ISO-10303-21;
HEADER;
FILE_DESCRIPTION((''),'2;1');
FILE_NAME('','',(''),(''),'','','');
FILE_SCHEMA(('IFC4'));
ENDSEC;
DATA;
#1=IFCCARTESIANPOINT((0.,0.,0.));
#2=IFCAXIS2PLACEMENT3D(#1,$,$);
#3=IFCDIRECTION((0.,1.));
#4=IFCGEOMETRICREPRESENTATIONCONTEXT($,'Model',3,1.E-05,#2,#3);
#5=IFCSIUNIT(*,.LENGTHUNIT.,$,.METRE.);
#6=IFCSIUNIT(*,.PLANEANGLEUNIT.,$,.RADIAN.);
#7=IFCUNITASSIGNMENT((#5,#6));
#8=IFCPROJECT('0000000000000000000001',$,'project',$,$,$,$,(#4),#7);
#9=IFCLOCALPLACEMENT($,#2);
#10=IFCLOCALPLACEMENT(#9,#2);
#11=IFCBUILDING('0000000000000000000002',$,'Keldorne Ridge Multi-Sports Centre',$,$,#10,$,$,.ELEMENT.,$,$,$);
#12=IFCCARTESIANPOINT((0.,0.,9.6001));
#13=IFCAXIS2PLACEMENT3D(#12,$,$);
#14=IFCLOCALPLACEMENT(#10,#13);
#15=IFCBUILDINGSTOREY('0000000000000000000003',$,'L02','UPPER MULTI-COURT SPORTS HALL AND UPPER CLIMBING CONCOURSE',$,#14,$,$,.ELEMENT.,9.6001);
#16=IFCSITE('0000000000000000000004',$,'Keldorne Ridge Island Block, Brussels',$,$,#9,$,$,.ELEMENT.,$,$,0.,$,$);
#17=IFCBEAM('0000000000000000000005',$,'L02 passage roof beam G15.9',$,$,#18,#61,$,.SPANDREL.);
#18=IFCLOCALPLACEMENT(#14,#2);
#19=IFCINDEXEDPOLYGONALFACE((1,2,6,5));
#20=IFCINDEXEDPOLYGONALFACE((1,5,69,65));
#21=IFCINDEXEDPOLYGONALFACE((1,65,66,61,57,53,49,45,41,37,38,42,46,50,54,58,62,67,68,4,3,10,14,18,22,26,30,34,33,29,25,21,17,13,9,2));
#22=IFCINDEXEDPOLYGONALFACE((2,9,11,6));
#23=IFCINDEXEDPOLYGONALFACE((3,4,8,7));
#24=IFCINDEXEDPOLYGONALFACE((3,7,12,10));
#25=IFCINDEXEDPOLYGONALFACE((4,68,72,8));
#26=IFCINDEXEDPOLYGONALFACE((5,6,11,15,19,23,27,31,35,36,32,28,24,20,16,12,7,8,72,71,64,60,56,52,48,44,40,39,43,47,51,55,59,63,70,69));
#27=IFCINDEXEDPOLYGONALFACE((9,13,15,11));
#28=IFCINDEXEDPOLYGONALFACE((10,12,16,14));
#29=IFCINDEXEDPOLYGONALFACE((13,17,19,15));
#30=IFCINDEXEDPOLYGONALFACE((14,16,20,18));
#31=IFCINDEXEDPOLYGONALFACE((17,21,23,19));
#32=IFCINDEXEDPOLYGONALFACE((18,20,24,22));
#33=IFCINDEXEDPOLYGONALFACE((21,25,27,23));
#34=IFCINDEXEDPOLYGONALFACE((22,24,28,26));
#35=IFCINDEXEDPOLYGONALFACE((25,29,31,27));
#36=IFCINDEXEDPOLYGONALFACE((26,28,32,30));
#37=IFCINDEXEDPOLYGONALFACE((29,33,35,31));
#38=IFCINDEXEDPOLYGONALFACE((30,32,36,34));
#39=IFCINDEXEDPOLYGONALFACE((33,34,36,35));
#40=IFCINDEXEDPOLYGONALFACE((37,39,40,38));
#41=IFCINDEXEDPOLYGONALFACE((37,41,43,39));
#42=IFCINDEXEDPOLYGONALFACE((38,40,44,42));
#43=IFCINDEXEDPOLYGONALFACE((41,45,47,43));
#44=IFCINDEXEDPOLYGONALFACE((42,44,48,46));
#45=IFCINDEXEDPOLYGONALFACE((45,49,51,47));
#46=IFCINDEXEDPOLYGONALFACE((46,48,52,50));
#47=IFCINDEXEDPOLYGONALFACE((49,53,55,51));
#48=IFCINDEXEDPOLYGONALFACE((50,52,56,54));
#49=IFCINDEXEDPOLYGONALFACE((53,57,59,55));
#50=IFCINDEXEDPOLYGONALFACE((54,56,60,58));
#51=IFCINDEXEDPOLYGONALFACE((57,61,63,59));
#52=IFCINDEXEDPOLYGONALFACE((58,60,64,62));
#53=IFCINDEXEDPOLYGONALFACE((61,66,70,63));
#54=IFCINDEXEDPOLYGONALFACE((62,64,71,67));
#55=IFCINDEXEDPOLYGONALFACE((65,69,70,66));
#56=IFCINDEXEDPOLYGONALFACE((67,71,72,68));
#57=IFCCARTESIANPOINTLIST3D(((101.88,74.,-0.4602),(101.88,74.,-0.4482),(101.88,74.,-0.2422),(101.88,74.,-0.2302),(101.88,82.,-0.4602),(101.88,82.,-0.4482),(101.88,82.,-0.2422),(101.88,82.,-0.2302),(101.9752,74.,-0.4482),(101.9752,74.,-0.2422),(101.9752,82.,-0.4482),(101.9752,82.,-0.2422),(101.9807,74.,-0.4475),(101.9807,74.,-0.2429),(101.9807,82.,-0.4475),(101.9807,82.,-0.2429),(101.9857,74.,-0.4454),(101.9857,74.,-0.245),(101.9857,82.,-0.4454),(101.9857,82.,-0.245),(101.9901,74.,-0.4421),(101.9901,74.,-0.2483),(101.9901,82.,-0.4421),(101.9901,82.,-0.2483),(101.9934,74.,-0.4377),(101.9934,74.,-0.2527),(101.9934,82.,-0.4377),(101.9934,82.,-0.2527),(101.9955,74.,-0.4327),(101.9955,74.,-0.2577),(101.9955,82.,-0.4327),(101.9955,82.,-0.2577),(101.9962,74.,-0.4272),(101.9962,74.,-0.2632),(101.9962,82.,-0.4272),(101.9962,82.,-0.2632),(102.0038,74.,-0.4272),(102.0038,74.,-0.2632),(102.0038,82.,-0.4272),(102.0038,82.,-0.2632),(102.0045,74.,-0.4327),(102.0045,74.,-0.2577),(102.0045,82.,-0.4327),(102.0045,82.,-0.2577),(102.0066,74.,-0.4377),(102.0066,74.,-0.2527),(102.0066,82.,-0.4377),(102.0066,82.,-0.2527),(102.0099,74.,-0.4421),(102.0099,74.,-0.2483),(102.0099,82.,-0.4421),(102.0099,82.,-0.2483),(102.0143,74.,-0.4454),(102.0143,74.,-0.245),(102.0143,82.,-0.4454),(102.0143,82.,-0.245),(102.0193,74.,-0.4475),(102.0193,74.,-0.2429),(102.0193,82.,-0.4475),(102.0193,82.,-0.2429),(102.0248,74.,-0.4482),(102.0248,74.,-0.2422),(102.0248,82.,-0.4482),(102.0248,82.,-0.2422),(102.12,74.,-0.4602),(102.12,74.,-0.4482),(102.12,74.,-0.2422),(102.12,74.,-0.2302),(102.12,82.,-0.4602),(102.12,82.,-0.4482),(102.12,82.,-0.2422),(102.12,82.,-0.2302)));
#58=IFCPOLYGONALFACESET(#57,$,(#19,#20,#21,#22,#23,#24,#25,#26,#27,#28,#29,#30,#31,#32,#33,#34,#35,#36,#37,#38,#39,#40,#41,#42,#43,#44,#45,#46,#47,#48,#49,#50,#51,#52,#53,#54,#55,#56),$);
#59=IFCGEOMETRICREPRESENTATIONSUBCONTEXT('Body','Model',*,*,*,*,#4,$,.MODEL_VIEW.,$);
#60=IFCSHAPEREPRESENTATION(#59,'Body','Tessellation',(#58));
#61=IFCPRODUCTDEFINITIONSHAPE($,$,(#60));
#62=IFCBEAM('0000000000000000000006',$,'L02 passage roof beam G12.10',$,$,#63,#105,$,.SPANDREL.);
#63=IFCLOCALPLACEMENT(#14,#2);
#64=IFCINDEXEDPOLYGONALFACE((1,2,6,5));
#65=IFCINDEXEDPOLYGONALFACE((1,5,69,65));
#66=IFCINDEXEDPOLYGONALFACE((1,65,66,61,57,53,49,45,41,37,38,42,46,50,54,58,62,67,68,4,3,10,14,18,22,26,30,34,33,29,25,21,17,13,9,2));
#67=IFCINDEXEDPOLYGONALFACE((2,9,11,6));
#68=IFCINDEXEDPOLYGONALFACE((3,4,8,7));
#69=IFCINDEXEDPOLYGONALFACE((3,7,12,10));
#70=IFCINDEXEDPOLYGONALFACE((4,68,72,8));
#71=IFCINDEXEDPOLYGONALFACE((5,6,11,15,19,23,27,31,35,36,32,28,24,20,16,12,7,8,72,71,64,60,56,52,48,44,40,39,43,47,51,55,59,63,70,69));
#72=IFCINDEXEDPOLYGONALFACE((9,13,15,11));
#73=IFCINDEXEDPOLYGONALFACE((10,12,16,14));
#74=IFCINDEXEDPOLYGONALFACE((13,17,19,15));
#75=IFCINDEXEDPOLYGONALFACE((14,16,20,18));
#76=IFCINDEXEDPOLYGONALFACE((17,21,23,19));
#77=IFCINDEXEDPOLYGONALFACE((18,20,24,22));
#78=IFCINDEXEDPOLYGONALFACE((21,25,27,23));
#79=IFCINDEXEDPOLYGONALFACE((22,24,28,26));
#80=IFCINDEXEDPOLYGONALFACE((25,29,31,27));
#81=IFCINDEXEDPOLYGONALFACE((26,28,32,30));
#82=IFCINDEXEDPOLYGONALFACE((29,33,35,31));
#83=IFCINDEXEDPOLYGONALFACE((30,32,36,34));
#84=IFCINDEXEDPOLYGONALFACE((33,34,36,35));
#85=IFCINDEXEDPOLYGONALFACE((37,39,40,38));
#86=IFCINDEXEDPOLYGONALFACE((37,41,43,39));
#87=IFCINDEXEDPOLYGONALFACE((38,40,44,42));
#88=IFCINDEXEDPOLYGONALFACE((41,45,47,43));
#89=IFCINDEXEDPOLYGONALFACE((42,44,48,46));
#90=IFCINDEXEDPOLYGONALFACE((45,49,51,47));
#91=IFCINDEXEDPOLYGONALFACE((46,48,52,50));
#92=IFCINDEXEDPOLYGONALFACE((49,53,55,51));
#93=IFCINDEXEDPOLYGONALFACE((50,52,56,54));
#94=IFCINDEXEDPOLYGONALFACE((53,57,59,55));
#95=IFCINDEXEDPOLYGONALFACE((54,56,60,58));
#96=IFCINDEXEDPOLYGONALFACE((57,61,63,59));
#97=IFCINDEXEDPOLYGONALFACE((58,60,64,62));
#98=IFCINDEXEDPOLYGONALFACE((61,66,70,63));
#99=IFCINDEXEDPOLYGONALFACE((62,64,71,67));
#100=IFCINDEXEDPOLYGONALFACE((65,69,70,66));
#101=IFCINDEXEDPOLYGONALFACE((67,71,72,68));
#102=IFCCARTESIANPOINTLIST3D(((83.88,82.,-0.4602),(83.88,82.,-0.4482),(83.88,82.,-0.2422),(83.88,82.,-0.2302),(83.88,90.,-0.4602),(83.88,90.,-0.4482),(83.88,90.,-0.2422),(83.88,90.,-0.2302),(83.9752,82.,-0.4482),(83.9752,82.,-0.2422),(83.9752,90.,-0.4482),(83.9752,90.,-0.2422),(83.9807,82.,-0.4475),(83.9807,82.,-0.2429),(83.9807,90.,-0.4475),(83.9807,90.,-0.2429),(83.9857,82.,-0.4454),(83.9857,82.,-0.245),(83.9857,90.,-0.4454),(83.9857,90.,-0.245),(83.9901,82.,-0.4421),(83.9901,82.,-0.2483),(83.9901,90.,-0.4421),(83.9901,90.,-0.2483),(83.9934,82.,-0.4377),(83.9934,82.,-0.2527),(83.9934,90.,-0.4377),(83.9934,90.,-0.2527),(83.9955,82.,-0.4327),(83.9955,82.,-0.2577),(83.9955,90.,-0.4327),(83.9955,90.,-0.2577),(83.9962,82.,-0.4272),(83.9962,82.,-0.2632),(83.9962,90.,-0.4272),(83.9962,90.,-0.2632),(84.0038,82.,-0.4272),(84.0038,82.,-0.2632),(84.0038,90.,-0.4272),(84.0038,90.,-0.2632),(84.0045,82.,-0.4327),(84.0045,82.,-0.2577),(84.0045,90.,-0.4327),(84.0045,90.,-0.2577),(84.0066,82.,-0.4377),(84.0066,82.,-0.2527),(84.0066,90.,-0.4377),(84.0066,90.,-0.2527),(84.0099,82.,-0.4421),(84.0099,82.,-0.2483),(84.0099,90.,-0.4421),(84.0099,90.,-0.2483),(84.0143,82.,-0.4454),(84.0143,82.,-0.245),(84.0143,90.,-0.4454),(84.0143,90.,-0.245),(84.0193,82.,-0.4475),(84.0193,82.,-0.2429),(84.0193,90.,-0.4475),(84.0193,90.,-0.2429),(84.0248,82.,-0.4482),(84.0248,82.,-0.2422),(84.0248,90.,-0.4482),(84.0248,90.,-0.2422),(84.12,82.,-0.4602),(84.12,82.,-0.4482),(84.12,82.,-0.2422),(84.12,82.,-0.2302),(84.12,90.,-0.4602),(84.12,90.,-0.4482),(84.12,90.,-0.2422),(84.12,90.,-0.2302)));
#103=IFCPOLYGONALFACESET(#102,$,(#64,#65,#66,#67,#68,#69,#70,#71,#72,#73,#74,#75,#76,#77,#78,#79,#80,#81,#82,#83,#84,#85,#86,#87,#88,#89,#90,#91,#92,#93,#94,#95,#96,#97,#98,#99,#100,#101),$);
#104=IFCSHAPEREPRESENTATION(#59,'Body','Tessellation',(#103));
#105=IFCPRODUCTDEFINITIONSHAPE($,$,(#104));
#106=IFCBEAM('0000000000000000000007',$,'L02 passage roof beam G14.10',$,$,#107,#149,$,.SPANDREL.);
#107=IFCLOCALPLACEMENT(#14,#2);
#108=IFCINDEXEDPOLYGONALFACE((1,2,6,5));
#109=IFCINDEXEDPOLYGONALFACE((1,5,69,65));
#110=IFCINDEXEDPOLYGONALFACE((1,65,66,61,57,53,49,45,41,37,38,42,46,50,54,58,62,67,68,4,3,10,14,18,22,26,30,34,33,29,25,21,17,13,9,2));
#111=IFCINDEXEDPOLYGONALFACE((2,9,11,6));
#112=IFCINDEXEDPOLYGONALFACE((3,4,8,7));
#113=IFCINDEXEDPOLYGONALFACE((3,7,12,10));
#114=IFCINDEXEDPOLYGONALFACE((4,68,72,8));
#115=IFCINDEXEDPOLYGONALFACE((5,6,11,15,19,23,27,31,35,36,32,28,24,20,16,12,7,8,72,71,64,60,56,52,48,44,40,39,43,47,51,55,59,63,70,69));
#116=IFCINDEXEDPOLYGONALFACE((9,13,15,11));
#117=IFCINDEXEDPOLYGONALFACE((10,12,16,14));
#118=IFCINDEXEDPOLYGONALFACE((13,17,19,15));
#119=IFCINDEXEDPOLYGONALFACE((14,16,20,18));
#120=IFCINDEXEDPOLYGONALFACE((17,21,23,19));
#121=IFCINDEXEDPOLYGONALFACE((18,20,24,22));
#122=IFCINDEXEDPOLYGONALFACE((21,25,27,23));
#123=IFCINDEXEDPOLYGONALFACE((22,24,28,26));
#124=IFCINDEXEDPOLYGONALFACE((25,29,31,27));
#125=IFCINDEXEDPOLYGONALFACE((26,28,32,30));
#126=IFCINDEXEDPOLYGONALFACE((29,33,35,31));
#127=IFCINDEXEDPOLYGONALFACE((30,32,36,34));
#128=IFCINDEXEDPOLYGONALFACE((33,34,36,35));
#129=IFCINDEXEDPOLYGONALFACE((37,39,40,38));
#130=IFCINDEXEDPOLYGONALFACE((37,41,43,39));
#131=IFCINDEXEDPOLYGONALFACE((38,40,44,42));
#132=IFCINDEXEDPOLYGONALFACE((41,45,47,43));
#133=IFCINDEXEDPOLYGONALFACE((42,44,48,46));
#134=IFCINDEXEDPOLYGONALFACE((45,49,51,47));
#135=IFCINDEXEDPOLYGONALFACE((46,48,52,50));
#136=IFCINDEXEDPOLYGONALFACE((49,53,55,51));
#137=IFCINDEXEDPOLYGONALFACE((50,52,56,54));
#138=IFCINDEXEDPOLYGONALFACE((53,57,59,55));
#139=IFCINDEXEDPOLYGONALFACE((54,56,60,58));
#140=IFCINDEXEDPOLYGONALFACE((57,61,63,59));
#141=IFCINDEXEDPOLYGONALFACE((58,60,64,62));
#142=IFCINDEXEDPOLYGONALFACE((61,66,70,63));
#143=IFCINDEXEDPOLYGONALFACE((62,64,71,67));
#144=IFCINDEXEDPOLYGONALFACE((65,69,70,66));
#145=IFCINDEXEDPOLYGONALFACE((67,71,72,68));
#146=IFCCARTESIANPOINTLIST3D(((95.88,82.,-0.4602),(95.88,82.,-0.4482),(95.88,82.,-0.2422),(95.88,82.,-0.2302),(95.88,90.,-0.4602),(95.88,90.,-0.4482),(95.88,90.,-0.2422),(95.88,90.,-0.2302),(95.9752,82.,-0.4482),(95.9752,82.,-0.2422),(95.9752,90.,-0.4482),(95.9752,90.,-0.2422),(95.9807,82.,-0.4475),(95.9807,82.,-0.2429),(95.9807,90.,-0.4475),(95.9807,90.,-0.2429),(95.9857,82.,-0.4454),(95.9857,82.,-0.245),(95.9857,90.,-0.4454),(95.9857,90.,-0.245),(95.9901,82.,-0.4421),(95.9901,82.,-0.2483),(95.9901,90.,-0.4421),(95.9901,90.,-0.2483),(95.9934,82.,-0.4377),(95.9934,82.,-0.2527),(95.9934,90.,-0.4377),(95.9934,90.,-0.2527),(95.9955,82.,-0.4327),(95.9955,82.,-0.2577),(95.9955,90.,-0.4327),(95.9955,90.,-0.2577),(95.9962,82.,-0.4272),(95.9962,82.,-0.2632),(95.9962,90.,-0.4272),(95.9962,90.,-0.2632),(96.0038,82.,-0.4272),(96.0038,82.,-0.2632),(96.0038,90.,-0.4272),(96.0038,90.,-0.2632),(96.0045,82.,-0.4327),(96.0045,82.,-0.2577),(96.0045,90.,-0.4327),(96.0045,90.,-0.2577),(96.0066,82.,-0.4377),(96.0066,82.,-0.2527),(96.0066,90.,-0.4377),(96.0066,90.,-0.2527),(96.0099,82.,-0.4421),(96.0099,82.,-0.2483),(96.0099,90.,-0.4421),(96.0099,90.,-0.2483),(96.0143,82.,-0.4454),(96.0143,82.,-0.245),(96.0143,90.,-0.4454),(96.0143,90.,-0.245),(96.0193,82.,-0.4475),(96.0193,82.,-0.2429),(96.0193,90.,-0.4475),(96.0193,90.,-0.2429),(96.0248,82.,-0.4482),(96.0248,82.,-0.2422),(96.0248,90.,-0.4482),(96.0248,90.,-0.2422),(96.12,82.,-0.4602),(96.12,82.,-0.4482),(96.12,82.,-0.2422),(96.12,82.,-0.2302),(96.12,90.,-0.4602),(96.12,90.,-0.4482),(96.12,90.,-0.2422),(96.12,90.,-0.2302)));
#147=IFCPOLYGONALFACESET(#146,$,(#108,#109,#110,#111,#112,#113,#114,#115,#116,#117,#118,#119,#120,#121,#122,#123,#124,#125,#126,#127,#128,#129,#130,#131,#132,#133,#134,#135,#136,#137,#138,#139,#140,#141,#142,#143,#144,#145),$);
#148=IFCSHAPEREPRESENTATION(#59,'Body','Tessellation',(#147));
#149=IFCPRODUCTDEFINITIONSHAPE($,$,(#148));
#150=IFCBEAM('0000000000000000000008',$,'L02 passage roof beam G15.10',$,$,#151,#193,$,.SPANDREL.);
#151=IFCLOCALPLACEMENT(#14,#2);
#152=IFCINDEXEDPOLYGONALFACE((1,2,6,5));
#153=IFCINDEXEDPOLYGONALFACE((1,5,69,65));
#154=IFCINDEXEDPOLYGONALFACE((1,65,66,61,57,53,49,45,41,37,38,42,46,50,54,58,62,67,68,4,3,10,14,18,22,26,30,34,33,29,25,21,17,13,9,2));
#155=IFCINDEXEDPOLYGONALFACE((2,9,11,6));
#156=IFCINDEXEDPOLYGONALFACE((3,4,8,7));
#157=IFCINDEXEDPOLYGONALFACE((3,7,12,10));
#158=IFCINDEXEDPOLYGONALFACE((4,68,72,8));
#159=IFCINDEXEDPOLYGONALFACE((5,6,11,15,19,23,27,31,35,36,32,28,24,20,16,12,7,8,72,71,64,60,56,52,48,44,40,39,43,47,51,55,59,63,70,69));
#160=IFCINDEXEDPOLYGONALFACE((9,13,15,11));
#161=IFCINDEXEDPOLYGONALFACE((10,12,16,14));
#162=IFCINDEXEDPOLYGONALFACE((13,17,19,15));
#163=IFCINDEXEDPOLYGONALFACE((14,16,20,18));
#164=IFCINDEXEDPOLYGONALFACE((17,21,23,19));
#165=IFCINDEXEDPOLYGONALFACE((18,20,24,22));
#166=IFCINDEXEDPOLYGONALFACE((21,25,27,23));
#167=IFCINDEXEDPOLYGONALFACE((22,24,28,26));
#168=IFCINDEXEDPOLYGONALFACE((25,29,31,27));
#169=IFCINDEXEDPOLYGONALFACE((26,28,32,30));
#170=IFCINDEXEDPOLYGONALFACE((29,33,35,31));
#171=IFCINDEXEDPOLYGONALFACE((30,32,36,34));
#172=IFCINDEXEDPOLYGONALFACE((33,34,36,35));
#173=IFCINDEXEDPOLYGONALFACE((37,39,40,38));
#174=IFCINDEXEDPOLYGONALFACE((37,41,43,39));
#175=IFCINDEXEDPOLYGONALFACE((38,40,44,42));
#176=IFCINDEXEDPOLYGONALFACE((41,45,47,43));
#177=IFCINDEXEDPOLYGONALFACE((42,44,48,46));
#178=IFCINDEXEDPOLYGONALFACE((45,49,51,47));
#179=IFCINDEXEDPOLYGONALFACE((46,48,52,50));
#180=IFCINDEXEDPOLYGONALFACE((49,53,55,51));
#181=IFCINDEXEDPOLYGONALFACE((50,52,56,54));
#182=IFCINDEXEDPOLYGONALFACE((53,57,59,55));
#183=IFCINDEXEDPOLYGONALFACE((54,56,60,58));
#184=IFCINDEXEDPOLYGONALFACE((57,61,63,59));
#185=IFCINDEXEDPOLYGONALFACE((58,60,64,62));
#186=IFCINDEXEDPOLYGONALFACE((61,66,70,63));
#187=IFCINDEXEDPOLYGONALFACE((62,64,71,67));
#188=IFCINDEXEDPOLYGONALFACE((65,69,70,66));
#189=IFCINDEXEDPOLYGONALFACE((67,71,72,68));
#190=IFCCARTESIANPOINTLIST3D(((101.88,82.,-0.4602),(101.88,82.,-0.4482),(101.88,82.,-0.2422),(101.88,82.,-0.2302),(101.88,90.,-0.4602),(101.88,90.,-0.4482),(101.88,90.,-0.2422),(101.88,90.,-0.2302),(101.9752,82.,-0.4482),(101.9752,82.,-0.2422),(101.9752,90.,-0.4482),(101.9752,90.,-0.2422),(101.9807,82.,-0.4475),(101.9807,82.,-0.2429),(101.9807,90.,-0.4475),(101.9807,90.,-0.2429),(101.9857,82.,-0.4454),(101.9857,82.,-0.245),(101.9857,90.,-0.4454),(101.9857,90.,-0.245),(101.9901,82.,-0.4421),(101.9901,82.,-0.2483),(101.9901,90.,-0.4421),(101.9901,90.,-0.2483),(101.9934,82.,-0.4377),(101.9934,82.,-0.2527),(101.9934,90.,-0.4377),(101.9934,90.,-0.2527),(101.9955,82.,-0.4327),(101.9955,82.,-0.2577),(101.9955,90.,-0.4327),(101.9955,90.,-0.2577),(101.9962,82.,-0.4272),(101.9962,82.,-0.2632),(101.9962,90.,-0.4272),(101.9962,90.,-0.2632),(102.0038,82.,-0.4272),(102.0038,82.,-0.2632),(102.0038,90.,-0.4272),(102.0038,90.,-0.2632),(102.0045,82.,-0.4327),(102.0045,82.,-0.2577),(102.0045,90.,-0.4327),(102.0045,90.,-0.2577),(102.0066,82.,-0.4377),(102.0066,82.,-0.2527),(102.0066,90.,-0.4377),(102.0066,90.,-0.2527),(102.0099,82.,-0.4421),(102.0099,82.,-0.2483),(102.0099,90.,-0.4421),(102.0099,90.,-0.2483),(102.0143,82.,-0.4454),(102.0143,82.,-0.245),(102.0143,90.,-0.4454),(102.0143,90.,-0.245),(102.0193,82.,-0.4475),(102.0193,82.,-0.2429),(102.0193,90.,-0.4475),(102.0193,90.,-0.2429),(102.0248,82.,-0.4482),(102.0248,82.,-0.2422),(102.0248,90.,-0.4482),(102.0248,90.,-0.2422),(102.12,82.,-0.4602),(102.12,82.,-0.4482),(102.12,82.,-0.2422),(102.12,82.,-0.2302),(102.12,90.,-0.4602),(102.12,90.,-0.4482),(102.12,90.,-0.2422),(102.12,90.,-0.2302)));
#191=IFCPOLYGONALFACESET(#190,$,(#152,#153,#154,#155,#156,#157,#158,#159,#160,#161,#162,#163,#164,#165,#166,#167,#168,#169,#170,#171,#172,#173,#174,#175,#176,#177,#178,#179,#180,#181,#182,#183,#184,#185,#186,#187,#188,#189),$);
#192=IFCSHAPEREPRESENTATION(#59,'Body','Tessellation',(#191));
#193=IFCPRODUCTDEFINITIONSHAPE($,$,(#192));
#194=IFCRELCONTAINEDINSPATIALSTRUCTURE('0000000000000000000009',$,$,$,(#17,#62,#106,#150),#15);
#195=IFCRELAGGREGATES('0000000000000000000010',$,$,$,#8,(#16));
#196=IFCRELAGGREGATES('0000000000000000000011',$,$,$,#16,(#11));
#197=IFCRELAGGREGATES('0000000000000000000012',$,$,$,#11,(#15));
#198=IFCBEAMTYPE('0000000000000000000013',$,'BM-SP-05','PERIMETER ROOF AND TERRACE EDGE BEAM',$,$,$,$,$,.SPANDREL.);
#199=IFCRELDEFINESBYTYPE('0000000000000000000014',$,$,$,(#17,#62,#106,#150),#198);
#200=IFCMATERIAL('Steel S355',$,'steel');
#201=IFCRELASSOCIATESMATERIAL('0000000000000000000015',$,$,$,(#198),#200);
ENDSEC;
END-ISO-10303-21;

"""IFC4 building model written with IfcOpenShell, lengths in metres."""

from ifc_helpers import new_model, si_unit, direction, frame, origin, origin_2d, place, context, subcontext, project, spatial, i_section, extrude, material, material_profile, profile_set, type_object, element, save


model = new_model("IFC4")

# Units and contexts
model_context = context("Model", 3, precision=1e-05, world=origin(), true_north=direction((0.0, 1.0)))
body_context = subcontext(model_context, "Body", "Model", "MODEL_VIEW")
ifc_project = project(units=[si_unit("LENGTHUNIT", "METRE"), si_unit("PLANEANGLEUNIT", "RADIAN")], contexts=[model_context])

# Site, building, storey
site_placement = place(None, origin())
site = spatial("IfcSite", under=ifc_project, at=site_placement, Name="Keldorne Ridge Island Block, Brussels", CompositionType="ELEMENT", RefElevation=0.0)
building_placement = place(site_placement, origin())
building = spatial("IfcBuilding", under=site, at=building_placement, Name="Keldorne Ridge Multi-Sports Centre", CompositionType="ELEMENT")
storey_placement = place(building_placement, frame((0.0, 0.0, 9.6001)))
storey = spatial("IfcBuildingStorey", under=building, at=storey_placement, Name="L02", Description="UPPER MULTI-COURT SPORTS HALL AND UPPER CLIMBING CONCOURSE", CompositionType="ELEMENT", Elevation=9.6001)

# Shared definitions
ifc_material_1 = material(Name="Steel S355", Category="steel")

# Beams
ifc_material_profile_1 = material_profile(ifc_material_1, i_section(OverallWidth=0.24, OverallDepth=0.23, WebThickness=0.0076, FlangeThickness=0.012, FilletRadius=0.021, at=origin_2d()), Name="HEA 240")
ifc_profile_set_1 = profile_set([ifc_material_profile_1], Name="Steel S355")
beam_type_1 = type_object("IfcBeamType", Name="BM-SP-05", Description="PERIMETER ROOF AND TERRACE EDGE BEAM", PredefinedType="SPANDREL", material=ifc_profile_set_1)
for number, where, z_axis, x_axis, name in (
    (1, (102.0, 74.0, -0.3452), (0.0, 1.0, 0.0), (-1.0, 0.0, 0.0), "L02 passage roof beam G15.9"),
    (2, (84.0, 82.0, -0.3452), (0.0, 1.0, 0.0), (-1.0, 0.0, 0.0), "L02 passage roof beam G12.10"),
    (3, (96.0, 82.0, -0.3452), (0.0, 1.0, 0.0), (-1.0, 0.0, 0.0), "L02 passage roof beam G14.10"),
    (4, (102.0, 82.0, -0.3452), (0.0, 1.0, 0.0), (-1.0, 0.0, 0.0), "L02 passage roof beam G15.10"),
):
    element("IfcBeam", number, at=place(storey_placement, frame(where, z_axis=z_axis, x_axis=x_axis)), inside=storey, type_object=beam_type_1, Name=name, PredefinedType="SPANDREL", context=body_context, shape_type="SweptSolid", body=[
        extrude(i_section(OverallWidth=0.24, OverallDepth=0.23, WebThickness=0.0076, FlangeThickness=0.012, FilletRadius=0.021, at=origin_2d()), origin(), (0.0, 0.0, 1.0), 8.0),
    ])

save(model, "model.ifc")
